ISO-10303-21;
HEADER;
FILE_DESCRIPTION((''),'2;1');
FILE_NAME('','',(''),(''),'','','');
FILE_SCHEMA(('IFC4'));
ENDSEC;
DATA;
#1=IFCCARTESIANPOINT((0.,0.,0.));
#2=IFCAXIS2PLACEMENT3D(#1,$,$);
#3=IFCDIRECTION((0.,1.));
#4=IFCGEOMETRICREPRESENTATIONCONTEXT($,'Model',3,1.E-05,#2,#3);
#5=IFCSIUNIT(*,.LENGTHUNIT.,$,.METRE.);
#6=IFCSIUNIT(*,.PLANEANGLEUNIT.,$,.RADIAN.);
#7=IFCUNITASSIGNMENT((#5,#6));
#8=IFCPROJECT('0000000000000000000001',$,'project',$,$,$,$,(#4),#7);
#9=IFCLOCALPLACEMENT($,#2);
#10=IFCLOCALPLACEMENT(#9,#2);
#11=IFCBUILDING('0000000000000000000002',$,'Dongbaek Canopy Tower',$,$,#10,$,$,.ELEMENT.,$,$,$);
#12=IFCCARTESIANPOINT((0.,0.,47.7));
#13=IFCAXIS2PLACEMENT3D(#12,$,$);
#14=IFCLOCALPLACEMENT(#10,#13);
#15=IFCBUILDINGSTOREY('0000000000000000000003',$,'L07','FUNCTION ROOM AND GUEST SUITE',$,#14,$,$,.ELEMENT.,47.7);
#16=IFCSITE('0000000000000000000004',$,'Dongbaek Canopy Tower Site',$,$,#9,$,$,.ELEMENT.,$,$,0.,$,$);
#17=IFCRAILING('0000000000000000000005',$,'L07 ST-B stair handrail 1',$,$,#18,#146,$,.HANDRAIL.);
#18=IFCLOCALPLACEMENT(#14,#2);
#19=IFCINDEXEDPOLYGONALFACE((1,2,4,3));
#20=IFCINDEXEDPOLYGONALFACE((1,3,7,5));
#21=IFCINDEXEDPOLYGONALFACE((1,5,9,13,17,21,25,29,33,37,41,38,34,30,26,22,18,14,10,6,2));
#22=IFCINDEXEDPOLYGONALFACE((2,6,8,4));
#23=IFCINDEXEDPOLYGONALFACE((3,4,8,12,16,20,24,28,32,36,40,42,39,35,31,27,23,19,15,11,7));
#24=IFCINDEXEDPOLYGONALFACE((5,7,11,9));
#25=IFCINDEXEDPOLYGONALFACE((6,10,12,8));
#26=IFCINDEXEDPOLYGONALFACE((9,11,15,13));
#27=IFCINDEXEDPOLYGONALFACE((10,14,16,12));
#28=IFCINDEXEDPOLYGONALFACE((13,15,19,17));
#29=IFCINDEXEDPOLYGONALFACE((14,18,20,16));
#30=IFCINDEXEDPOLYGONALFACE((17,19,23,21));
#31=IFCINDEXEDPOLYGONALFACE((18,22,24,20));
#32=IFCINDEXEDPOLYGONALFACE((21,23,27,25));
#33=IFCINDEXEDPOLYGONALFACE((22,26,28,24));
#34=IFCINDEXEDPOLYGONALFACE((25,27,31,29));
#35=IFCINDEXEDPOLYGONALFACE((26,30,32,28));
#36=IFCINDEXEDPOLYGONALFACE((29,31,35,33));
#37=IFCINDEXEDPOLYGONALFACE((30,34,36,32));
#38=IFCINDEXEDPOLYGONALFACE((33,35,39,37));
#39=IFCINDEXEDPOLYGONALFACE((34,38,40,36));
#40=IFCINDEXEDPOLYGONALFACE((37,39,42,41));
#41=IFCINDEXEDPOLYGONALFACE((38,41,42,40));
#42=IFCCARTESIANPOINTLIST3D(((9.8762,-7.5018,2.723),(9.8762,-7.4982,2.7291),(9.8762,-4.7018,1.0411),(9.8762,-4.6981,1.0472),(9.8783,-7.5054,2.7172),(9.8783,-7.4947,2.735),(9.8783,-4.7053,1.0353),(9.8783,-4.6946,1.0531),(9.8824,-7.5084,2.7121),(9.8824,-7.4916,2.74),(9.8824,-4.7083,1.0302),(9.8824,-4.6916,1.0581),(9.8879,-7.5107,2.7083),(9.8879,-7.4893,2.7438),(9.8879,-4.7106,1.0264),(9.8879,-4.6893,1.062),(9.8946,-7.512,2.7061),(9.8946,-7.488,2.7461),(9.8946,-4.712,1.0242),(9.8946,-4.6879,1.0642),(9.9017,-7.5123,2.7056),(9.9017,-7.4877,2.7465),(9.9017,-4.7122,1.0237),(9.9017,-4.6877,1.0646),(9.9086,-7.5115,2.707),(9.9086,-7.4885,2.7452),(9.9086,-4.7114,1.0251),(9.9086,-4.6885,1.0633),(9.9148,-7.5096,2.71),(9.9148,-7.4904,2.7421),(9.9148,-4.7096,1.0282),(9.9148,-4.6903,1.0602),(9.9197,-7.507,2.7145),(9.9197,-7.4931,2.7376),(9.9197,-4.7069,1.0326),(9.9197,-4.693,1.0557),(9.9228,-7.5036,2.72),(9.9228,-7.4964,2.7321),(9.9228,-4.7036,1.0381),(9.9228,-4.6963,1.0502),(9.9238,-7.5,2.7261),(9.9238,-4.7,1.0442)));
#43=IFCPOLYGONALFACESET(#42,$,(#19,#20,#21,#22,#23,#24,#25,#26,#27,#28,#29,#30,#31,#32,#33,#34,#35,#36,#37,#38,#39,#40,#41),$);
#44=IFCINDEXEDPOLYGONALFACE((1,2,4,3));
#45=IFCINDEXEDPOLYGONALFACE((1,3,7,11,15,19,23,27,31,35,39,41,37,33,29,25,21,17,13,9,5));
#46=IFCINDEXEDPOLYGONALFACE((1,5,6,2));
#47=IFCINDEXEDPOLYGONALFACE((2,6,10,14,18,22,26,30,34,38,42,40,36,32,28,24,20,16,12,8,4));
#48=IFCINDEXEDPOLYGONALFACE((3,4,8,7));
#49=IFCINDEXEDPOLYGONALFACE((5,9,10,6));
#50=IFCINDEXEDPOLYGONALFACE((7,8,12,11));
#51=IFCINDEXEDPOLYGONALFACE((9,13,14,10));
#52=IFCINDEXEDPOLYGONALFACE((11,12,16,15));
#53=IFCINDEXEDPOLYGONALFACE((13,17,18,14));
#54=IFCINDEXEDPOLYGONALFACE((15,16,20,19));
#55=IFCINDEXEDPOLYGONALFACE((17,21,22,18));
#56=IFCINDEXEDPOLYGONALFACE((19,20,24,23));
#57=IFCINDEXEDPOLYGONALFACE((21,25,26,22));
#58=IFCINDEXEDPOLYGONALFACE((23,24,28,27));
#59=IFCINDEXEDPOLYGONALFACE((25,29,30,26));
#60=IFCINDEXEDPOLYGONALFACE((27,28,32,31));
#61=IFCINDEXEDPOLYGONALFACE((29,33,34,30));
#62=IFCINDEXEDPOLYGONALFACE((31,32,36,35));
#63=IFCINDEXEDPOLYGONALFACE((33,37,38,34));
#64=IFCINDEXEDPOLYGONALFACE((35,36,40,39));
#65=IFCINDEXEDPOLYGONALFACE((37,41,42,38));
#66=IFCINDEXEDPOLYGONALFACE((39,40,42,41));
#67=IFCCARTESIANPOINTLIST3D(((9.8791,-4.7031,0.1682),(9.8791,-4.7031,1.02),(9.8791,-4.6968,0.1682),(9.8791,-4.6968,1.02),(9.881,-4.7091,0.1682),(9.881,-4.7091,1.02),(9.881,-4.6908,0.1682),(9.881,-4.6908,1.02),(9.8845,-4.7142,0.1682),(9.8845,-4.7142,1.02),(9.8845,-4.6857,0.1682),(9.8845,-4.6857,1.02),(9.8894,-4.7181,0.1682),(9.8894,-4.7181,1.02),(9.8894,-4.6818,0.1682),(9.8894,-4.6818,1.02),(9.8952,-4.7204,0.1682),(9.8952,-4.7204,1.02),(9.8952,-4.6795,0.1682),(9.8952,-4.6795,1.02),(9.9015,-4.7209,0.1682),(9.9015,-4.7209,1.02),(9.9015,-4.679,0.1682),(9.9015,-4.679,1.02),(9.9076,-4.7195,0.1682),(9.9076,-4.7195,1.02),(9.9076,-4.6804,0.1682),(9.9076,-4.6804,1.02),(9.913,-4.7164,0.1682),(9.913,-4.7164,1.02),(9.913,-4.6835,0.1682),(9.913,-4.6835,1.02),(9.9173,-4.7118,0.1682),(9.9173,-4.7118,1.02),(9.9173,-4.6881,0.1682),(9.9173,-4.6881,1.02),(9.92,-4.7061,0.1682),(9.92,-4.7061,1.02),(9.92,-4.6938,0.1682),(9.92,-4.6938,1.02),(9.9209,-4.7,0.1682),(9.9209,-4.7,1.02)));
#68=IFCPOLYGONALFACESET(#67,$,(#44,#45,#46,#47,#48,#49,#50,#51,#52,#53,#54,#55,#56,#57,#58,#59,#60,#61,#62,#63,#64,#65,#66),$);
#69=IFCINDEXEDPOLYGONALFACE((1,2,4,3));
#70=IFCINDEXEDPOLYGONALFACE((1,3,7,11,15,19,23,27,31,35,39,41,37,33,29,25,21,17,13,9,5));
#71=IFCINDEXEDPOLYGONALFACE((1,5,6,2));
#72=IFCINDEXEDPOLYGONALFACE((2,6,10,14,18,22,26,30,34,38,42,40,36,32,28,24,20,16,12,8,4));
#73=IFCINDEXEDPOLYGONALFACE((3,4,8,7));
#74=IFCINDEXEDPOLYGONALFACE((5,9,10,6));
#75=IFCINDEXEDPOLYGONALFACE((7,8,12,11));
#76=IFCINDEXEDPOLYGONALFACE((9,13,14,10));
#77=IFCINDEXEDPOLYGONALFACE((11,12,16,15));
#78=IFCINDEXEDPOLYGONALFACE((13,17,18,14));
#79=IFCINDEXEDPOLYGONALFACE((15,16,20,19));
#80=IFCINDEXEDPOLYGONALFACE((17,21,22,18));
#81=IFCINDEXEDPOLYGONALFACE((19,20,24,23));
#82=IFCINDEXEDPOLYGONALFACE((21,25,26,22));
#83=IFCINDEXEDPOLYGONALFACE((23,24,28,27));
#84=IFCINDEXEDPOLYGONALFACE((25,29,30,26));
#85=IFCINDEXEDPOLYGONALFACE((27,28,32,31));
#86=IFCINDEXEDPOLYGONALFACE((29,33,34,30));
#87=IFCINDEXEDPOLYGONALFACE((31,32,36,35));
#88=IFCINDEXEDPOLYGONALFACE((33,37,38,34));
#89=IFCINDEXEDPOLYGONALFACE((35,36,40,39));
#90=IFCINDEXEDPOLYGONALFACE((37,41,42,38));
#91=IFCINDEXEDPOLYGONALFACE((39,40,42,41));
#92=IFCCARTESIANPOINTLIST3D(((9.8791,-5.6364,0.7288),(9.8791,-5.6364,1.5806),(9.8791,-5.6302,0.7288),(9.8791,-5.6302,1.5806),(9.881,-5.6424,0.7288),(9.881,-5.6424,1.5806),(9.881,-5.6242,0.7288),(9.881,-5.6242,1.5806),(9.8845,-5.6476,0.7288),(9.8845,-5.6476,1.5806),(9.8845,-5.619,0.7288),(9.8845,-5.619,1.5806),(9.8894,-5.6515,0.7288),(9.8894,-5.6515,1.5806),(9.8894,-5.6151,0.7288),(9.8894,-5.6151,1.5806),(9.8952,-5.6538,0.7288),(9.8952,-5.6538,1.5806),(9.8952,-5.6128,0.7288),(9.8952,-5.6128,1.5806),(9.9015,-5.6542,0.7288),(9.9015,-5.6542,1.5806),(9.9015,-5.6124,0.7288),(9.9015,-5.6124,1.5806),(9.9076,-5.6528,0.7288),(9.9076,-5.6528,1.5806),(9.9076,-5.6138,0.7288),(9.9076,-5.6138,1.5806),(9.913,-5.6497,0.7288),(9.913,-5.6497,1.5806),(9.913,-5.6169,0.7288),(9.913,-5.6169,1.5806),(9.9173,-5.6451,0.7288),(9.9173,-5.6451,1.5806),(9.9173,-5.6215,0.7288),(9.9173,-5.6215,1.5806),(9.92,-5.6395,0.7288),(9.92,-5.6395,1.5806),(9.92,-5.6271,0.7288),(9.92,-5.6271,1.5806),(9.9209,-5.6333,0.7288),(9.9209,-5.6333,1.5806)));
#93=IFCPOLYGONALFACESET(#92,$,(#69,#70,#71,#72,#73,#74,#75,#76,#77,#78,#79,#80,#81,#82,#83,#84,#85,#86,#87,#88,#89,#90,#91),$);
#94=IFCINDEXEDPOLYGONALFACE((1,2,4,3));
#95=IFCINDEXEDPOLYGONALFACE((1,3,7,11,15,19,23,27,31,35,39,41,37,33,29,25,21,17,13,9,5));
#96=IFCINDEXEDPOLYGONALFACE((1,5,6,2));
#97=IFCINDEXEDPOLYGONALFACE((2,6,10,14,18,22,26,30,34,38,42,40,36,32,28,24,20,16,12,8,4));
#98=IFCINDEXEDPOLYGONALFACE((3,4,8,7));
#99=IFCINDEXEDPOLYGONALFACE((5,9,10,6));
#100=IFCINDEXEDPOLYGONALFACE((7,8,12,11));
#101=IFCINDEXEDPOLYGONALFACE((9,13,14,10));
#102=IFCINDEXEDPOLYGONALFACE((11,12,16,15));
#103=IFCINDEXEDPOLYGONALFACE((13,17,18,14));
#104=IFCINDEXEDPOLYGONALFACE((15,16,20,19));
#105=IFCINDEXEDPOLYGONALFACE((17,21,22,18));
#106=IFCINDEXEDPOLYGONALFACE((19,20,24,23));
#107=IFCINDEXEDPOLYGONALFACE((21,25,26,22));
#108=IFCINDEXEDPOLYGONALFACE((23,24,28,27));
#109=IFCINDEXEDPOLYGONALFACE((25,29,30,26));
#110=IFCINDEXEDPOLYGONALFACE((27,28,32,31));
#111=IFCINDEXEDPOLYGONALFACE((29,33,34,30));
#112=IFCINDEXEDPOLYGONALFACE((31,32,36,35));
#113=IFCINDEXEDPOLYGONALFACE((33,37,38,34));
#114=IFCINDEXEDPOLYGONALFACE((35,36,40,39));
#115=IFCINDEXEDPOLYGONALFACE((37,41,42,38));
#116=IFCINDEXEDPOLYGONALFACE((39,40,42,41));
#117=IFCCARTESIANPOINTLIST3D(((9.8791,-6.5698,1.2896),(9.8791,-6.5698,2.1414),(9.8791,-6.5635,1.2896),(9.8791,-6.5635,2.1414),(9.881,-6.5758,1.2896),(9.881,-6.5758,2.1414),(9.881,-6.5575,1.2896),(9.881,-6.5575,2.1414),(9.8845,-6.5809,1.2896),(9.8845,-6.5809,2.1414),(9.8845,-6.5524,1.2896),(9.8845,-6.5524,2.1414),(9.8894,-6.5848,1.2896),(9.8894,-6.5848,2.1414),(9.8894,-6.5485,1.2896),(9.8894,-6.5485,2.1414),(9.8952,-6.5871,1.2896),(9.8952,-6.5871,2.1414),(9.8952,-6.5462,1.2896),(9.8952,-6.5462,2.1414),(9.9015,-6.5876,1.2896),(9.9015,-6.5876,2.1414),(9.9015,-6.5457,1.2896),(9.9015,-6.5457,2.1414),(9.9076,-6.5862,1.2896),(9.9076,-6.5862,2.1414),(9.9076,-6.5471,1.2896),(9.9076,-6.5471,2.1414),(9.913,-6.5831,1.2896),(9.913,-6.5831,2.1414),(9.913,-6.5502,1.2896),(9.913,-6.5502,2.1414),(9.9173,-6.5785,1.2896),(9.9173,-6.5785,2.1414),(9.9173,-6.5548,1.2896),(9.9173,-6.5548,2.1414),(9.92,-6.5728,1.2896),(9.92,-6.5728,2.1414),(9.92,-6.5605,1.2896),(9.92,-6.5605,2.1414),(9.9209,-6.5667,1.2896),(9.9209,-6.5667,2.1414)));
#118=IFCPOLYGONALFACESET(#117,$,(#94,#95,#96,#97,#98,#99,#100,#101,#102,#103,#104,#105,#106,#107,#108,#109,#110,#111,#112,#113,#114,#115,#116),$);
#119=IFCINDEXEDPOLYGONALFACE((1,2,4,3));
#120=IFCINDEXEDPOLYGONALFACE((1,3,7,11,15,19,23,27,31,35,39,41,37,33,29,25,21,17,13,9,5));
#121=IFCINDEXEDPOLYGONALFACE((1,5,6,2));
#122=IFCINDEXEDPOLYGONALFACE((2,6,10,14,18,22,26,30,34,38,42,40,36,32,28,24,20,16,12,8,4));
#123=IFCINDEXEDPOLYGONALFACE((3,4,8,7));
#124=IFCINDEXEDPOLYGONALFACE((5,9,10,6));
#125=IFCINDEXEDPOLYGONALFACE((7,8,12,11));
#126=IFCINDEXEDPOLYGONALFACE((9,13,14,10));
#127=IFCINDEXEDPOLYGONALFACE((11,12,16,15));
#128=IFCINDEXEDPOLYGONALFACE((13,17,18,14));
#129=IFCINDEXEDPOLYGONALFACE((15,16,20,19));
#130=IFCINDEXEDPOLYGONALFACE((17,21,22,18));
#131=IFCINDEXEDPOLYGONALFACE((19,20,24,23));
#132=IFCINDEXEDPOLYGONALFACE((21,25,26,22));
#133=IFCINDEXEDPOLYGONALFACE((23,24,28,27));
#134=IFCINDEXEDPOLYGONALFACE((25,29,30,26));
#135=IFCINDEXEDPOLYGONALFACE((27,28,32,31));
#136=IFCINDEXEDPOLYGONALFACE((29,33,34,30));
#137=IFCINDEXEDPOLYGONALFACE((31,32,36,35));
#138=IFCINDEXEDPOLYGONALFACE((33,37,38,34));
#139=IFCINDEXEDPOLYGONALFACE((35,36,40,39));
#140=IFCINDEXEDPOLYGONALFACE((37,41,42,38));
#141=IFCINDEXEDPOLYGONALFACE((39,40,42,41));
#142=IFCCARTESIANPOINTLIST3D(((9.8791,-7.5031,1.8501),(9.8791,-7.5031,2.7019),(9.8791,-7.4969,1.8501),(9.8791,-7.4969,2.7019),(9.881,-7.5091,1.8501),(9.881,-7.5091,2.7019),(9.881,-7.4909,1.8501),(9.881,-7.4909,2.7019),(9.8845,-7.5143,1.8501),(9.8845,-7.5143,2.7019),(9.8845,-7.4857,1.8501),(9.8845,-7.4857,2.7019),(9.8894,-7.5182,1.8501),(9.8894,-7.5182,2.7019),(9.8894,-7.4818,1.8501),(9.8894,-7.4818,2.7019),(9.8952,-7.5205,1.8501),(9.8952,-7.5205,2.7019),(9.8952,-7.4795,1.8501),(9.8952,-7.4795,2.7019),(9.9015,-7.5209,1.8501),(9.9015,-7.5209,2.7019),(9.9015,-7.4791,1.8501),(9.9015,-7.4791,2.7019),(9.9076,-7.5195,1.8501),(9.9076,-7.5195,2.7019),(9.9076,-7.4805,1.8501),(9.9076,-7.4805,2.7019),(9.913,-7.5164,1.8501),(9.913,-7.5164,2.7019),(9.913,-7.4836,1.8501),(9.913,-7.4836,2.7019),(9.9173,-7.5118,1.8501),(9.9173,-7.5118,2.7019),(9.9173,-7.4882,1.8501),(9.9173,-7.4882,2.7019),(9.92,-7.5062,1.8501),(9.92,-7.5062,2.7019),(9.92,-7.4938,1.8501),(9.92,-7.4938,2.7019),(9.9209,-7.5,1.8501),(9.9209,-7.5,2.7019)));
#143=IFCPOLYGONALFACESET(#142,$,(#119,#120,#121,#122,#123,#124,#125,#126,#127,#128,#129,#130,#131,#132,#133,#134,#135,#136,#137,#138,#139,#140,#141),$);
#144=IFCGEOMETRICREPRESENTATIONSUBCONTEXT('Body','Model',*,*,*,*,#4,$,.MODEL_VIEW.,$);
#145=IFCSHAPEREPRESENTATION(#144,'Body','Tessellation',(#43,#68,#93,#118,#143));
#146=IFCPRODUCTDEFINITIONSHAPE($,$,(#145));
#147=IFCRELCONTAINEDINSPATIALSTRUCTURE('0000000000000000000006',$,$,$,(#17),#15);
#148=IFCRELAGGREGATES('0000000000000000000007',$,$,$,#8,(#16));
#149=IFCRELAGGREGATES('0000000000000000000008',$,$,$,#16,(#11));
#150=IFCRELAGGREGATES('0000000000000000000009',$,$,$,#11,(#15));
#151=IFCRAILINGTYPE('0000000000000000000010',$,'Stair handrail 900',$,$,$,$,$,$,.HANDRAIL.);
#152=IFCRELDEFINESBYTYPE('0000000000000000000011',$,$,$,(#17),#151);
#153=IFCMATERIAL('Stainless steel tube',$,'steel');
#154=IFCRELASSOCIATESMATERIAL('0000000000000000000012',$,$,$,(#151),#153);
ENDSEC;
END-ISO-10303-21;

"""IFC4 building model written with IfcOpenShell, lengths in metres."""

from ifc_helpers import new_model, si_unit, direction, frame, origin, origin_2d, place, context, subcontext, project, spatial, circle, extrude, material, type_object, element, save


model = new_model("IFC4")

# Units and contexts
model_context = context("Model", 3, precision=1e-05, world=origin(), true_north=direction((0.0, 1.0)))
body_context = subcontext(model_context, "Body", "Model", "MODEL_VIEW")
ifc_project = project(units=[si_unit("LENGTHUNIT", "METRE"), si_unit("PLANEANGLEUNIT", "RADIAN")], contexts=[model_context])

# Site, building, storey
site_placement = place(None, origin())
site = spatial("IfcSite", under=ifc_project, at=site_placement, Name="Dongbaek Canopy Tower Site", CompositionType="ELEMENT", RefElevation=0.0)
building_placement = place(site_placement, origin())
building = spatial("IfcBuilding", under=site, at=building_placement, Name="Dongbaek Canopy Tower", CompositionType="ELEMENT")
storey_placement = place(building_placement, frame((0.0, 0.0, 47.7)))
storey = spatial("IfcBuildingStorey", under=building, at=storey_placement, Name="L07", Description="FUNCTION ROOM AND GUEST SUITE", CompositionType="ELEMENT", Elevation=47.7)

# Railing
ifc_material_1 = material(Name="Stainless steel tube", Category="steel")
railing_type_1 = type_object("IfcRailingType", Name="Stair handrail 900", PredefinedType="HANDRAIL", material=ifc_material_1)
railing_1_placement = place(storey_placement, frame((9.8999, -4.7, 0.1682)))
element("IfcRailing", 1, at=railing_1_placement, inside=storey, type_object=railing_type_1, Name="L07 ST-B stair handrail 1", PredefinedType="HANDRAIL", context=body_context, shape_type="SweptSolid", body=[
    extrude(circle(Radius=0.0239, at=origin_2d()), frame((0.0, 0.0, 0.876), z_axis=(0.0, -0.857242, 0.514913), x_axis=(1.0, 0.0, 0.0)), (0.0, 0.0, 1.0), 3.2664),
    extrude(circle(Radius=0.021, at=origin_2d()), origin(), (0.0, 0.0, 1.0), 0.8518),
    extrude(circle(Radius=0.021, at=origin_2d()), frame((0.0, -0.9333, 0.5605)), (0.0, 0.0, 1.0), 0.8518),
    extrude(circle(Radius=0.021, at=origin_2d()), frame((0.0, -1.8667, 1.1213)), (0.0, 0.0, 1.0), 0.8518),
    extrude(circle(Radius=0.021, at=origin_2d()), frame((0.0, -2.8, 1.6819)), (0.0, 0.0, 1.0), 0.8518),
])

save(model, "model.ifc")
